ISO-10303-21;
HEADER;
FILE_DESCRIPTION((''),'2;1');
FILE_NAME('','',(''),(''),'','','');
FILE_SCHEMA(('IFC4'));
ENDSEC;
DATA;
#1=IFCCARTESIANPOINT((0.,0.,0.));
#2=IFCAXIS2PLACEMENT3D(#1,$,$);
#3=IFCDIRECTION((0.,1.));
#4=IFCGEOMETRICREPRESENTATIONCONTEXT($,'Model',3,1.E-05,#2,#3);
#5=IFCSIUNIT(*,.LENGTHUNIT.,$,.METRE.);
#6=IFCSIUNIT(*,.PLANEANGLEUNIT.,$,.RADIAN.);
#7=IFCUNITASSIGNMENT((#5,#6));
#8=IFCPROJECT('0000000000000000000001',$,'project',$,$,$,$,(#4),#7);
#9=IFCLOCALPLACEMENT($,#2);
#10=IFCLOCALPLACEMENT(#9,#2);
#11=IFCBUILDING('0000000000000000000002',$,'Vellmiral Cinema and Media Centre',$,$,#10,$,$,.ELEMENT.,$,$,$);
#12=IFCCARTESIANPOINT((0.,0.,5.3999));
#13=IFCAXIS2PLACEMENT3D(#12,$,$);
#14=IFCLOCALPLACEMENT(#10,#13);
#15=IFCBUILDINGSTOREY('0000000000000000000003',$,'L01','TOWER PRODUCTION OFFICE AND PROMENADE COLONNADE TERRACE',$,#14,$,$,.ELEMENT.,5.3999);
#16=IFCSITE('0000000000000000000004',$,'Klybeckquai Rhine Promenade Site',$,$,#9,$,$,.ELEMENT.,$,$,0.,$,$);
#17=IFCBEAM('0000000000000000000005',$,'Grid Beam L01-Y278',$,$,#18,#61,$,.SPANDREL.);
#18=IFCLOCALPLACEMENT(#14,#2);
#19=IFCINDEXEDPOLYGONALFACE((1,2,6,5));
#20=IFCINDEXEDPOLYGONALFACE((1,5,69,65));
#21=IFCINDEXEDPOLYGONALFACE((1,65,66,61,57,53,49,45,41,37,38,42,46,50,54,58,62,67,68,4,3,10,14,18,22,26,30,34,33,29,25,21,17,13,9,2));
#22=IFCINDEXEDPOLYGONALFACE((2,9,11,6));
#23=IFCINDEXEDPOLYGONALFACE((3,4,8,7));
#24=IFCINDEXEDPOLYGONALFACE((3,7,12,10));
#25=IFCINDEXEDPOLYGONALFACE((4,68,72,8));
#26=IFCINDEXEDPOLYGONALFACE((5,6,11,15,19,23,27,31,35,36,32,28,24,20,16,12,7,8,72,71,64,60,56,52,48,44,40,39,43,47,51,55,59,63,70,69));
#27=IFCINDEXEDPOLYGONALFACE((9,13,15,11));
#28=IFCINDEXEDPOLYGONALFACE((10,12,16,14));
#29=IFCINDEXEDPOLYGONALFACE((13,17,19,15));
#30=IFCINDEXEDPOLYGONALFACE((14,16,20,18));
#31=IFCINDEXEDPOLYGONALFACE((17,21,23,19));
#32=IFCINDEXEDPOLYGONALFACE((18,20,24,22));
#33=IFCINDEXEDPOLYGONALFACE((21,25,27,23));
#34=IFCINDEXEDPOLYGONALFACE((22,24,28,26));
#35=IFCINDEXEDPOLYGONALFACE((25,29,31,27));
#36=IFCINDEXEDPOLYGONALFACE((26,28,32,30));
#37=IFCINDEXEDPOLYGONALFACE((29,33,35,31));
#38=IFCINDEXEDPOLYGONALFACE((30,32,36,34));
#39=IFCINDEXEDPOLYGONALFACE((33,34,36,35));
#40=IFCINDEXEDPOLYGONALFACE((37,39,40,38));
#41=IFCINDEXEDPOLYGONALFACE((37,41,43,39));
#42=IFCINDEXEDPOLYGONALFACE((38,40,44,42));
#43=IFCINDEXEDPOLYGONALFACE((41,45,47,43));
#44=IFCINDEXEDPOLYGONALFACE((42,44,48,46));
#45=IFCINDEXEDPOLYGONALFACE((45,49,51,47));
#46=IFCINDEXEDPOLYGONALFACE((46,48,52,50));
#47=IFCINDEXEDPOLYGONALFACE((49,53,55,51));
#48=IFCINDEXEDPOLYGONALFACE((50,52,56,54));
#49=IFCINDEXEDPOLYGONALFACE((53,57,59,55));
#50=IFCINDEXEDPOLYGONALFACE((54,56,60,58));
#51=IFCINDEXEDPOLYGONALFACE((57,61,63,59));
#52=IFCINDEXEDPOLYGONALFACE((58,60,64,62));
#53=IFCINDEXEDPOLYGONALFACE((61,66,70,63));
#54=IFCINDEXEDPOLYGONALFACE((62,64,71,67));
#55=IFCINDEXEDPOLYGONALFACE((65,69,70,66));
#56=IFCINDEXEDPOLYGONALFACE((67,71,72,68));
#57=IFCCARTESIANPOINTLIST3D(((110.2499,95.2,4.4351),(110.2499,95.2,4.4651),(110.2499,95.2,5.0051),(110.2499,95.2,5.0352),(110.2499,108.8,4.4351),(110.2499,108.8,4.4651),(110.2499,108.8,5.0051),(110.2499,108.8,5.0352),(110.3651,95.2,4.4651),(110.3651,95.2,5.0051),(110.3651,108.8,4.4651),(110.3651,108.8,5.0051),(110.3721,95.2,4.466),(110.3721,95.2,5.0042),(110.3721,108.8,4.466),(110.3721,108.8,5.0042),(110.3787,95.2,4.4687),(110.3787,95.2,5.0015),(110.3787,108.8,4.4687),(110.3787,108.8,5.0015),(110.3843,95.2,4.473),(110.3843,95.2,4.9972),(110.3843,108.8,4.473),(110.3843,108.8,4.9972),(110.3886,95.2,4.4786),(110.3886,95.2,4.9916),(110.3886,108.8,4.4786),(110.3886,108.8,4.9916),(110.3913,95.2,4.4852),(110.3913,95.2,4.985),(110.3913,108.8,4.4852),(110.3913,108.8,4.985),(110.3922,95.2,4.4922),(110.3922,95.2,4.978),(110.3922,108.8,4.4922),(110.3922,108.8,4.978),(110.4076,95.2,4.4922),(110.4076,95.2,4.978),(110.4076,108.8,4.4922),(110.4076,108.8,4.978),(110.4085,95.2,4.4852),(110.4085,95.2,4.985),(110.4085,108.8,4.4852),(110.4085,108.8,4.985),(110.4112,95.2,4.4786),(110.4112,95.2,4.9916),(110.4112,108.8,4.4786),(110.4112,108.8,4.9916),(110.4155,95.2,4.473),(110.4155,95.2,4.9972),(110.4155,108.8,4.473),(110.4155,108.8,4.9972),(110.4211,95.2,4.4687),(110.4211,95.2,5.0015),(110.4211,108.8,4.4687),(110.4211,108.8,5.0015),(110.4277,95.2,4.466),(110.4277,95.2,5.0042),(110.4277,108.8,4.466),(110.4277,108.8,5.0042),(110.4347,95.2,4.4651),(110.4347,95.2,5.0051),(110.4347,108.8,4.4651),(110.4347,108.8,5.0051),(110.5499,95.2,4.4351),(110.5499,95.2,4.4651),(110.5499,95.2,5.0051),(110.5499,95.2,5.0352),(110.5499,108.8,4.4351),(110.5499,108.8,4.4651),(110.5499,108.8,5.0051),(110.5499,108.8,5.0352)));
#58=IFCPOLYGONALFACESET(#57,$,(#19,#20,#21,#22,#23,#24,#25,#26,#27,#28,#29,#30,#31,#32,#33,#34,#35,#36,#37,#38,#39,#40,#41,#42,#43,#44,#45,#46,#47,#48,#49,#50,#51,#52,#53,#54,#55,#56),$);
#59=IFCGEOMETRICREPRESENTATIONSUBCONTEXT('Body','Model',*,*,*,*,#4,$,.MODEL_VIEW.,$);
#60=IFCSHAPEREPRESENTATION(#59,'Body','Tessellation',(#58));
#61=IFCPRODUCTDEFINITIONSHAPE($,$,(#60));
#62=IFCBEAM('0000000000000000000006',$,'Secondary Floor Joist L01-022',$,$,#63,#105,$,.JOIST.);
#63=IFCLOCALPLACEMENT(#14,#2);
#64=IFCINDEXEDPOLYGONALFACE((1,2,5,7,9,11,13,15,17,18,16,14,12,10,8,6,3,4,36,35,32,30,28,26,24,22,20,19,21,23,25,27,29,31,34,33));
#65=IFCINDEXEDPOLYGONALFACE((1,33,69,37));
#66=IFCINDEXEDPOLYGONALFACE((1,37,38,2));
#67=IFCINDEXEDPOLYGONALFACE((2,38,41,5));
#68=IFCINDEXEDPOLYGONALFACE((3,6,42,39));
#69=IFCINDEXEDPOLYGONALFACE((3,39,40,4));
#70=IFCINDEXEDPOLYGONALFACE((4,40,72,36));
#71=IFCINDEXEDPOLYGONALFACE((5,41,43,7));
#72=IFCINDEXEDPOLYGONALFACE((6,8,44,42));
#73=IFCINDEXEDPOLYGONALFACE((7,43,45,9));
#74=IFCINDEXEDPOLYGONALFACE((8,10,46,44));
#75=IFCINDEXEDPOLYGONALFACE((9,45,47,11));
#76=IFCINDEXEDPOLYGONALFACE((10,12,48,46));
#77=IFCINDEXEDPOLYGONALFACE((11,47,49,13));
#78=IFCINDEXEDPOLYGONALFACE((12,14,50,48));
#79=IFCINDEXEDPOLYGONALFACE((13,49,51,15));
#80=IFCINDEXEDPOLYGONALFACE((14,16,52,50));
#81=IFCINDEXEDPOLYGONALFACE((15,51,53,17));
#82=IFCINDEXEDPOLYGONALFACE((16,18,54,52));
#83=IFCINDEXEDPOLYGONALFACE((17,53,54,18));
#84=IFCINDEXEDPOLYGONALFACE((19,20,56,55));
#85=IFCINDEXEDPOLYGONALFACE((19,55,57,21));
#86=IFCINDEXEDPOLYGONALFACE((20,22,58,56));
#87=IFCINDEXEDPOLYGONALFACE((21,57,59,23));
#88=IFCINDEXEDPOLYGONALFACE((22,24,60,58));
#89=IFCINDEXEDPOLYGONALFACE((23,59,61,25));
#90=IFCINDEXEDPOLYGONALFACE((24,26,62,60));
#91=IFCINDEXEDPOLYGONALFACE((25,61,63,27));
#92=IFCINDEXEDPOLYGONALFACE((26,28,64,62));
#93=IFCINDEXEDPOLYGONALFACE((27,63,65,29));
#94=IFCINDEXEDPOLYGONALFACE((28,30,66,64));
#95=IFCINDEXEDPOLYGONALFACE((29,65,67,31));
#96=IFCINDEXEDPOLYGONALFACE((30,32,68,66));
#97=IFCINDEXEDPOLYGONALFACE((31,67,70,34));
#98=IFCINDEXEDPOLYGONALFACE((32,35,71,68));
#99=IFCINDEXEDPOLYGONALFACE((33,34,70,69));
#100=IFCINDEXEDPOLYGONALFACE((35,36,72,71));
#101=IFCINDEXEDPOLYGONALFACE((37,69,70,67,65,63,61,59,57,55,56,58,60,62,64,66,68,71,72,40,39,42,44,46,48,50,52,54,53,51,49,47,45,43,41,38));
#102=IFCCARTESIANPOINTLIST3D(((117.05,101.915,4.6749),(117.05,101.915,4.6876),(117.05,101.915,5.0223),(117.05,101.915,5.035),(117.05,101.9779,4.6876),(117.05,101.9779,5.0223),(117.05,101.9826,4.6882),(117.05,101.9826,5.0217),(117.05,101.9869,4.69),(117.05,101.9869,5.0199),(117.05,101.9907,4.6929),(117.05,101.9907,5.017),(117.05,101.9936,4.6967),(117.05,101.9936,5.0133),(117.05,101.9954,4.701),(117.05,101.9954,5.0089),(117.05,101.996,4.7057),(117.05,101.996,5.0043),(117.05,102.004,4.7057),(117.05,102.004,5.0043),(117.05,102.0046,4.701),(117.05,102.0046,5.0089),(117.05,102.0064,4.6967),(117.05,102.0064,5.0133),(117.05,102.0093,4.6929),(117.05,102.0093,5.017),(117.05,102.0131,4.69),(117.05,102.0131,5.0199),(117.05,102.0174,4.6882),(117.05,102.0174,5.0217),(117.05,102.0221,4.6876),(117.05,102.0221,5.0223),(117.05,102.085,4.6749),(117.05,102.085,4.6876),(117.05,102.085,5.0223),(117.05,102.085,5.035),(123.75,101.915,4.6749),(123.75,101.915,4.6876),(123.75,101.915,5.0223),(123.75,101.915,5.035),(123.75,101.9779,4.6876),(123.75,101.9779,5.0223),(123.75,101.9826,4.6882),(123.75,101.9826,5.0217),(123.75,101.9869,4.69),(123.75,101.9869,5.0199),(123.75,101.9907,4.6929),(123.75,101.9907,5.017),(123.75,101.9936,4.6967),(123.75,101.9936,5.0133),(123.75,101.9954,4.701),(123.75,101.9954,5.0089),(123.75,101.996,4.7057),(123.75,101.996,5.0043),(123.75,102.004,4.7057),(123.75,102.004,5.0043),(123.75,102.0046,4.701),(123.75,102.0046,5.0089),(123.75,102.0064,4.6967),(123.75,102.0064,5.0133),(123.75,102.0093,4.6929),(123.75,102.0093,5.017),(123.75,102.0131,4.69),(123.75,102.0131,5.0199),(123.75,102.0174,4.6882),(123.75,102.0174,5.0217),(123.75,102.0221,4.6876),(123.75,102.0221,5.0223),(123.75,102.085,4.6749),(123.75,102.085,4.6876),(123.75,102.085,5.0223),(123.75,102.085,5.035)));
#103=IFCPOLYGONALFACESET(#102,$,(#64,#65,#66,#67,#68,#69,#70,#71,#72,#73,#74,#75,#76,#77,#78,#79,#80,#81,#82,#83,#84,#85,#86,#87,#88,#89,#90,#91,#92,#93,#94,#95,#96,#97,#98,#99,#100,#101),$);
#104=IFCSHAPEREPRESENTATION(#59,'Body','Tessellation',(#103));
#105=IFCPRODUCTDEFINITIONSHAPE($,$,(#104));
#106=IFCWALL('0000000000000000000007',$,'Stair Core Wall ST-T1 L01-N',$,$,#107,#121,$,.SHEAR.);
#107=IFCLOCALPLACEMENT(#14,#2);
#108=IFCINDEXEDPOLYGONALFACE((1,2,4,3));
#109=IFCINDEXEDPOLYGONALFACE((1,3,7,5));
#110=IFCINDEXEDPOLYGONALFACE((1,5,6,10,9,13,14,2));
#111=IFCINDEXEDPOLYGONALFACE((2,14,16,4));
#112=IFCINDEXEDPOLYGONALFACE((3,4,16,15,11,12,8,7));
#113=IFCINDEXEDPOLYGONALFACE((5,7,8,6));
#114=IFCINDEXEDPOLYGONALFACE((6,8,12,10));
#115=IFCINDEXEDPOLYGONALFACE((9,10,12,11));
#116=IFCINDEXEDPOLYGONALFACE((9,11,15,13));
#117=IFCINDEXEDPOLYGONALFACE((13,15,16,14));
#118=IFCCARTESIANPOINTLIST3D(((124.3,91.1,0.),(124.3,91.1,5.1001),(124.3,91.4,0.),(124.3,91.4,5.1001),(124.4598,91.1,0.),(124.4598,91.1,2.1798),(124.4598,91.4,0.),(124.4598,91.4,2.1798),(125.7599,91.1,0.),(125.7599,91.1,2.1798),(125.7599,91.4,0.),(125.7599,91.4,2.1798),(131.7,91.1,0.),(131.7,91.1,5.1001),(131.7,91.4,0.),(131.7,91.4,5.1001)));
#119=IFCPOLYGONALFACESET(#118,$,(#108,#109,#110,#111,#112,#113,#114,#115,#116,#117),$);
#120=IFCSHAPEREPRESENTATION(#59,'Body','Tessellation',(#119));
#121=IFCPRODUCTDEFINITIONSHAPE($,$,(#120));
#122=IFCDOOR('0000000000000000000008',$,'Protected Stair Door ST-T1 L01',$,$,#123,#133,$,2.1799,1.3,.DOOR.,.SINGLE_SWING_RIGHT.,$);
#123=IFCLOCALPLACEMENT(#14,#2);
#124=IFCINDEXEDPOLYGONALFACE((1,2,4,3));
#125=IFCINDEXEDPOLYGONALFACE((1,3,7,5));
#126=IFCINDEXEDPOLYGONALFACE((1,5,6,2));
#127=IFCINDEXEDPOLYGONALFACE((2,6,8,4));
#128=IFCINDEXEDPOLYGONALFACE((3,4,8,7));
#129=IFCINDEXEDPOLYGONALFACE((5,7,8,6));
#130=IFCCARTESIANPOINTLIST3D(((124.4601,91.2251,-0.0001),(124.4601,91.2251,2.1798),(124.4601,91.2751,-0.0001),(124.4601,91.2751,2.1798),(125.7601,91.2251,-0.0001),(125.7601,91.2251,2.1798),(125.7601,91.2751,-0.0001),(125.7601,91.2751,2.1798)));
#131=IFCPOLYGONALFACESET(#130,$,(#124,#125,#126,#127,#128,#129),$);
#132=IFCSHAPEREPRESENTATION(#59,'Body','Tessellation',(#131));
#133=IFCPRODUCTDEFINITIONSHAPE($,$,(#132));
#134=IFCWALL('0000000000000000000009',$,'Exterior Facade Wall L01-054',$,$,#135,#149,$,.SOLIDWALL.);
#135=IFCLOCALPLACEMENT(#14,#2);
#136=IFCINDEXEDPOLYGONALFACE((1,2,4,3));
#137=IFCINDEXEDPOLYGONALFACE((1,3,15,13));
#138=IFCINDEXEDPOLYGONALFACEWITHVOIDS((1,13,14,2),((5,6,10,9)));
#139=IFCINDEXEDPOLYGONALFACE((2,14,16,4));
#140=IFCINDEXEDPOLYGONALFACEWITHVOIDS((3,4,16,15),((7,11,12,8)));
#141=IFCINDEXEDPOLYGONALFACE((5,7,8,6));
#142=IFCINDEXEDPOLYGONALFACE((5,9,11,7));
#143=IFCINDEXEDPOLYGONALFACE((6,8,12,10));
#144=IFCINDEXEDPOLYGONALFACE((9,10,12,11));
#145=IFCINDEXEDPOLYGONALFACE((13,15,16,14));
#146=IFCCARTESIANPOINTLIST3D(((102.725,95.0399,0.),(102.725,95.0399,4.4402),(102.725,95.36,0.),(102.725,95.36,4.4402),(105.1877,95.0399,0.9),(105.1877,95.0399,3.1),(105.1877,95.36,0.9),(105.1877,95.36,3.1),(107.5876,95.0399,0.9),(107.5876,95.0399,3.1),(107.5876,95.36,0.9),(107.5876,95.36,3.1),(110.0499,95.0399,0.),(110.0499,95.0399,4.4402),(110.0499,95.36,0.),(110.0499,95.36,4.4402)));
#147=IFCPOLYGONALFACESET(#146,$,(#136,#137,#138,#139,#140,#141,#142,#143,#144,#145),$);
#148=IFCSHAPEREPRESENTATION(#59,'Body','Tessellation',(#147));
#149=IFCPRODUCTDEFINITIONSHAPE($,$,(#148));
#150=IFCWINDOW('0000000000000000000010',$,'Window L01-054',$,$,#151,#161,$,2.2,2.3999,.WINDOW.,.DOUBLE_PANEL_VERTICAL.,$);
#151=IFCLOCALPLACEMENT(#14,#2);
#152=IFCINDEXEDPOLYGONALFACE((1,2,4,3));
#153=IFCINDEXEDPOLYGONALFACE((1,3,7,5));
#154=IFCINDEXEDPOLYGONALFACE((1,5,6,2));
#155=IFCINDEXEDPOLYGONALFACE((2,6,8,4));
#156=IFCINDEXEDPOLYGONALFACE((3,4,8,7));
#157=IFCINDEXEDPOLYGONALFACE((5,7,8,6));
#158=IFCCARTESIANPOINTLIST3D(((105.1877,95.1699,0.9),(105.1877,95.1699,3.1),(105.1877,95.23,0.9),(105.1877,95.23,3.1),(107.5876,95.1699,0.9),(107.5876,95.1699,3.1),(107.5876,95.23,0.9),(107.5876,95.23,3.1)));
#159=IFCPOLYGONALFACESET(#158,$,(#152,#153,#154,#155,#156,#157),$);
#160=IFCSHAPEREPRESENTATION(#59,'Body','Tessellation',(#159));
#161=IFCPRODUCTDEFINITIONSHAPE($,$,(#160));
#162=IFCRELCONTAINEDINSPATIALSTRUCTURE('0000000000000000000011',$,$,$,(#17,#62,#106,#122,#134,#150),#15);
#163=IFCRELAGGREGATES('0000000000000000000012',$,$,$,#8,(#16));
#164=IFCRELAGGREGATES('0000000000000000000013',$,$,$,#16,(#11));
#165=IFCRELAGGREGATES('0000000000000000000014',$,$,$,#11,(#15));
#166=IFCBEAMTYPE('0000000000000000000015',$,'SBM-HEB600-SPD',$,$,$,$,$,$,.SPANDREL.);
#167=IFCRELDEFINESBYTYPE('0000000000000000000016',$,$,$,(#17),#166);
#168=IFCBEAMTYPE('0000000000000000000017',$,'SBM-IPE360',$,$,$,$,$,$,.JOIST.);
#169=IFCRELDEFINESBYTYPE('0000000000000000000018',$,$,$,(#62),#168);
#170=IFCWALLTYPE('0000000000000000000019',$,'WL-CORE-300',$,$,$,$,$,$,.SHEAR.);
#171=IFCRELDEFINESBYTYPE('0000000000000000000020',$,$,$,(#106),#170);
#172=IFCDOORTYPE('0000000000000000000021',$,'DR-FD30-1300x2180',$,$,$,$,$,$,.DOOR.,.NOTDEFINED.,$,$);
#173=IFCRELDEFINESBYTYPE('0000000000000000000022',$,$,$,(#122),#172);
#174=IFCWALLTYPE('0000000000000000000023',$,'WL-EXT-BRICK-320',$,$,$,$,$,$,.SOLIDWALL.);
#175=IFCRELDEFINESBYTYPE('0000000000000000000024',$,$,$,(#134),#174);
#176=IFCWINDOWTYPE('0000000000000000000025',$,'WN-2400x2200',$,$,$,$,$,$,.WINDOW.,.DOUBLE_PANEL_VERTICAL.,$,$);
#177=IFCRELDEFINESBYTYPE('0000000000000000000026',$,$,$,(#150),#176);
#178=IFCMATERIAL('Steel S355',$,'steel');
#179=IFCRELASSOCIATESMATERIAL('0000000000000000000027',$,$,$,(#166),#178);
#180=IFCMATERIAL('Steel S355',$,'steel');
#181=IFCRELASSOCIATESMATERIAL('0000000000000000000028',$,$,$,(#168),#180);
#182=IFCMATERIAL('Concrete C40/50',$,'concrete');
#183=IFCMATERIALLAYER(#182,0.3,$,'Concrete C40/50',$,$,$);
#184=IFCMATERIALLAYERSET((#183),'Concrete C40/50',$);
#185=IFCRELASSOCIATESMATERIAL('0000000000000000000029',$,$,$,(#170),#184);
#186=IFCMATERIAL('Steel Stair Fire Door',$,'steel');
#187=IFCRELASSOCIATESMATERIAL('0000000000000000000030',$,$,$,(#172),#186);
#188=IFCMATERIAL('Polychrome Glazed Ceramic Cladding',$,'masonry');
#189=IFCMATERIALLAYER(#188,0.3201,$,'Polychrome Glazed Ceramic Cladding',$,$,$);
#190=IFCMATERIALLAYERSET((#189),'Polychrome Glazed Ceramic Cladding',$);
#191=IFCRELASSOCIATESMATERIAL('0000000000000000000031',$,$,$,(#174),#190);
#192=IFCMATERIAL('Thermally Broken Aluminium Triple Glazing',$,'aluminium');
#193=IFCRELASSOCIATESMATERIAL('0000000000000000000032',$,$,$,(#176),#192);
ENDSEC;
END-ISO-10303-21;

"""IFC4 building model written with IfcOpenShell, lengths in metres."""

from ifc_helpers import new_model, si_unit, direction, frame, frame_2d, origin, origin_2d, place, context, subcontext, project, spatial, rectangle, i_section, extrude, material, layer, layer_set, material_profile, profile_set, type_object, element, fill, save


model = new_model("IFC4")

# Units and contexts
model_context = context("Model", 3, precision=1e-05, world=origin(), true_north=direction((0.0, 1.0)))
body_context = subcontext(model_context, "Body", "Model", "MODEL_VIEW")
ifc_project = project(units=[si_unit("LENGTHUNIT", "METRE"), si_unit("PLANEANGLEUNIT", "RADIAN")], contexts=[model_context])

# Site, building, storey
site_placement = place(None, origin())
site = spatial("IfcSite", under=ifc_project, at=site_placement, Name="Klybeckquai Rhine Promenade Site", CompositionType="ELEMENT", RefElevation=0.0)
building_placement = place(site_placement, origin())
building = spatial("IfcBuilding", under=site, at=building_placement, Name="Vellmiral Cinema and Media Centre", CompositionType="ELEMENT")
storey_placement = place(building_placement, frame((0.0, 0.0, 5.3999)))
storey = spatial("IfcBuildingStorey", under=building, at=storey_placement, Name="L01", Description="TOWER PRODUCTION OFFICE AND PROMENADE COLONNADE TERRACE", CompositionType="ELEMENT", Elevation=5.3999)

# Beams
ifc_material_1 = material(Name="Steel S355", Category="steel")
ifc_material_profile_1 = material_profile(ifc_material_1, i_section(OverallWidth=0.3, OverallDepth=0.6001, WebThickness=0.0154, FlangeThickness=0.03, FilletRadius=0.0271, at=origin_2d()), Name="HEB 600")
ifc_profile_set_1 = profile_set([ifc_material_profile_1], Name="Steel S355")
beam_type_1 = type_object("IfcBeamType", Name="SBM-HEB600-SPD", PredefinedType="SPANDREL", material=ifc_profile_set_1)
beam_1_placement = place(storey_placement, frame((110.3999, 95.2, 4.7351), z_axis=(0.0, 1.0, 0.0), x_axis=(-1.0, 0.0, 0.0)))
element("IfcBeam", 1, at=beam_1_placement, inside=storey, type_object=beam_type_1, Name="Grid Beam L01-Y278", PredefinedType="SPANDREL", context=body_context, shape_type="SweptSolid", body=[
    extrude(i_section(OverallWidth=0.3, OverallDepth=0.6001, WebThickness=0.0154, FlangeThickness=0.03, FilletRadius=0.0271, at=origin_2d()), origin(), (0.0, 0.0, 1.0), 13.6001),
])
ifc_material_2 = material(Name="Steel S355", Category="steel")
ifc_material_profile_2 = material_profile(ifc_material_2, i_section(OverallWidth=0.1699, OverallDepth=0.3601, WebThickness=0.0081, FlangeThickness=0.0127, FilletRadius=0.0181, at=origin_2d()), Name="IPE 360")
ifc_profile_set_2 = profile_set([ifc_material_profile_2], Name="Steel S355")
beam_type_2 = type_object("IfcBeamType", Name="SBM-IPE360", PredefinedType="JOIST", material=ifc_profile_set_2)
beam_2_placement = place(storey_placement, frame((117.05, 102.0, 4.855), z_axis=(1.0, 0.0, 0.0), x_axis=(0.0, 1.0, 0.0)))
element("IfcBeam", 2, at=beam_2_placement, inside=storey, type_object=beam_type_2, Name="Secondary Floor Joist L01-022", PredefinedType="JOIST", context=body_context, shape_type="SweptSolid", body=[
    extrude(i_section(OverallWidth=0.1699, OverallDepth=0.3601, WebThickness=0.0081, FlangeThickness=0.0127, FilletRadius=0.0181, at=origin_2d()), origin(), (0.0, 0.0, 1.0), 6.7),
])

# Wall, opening, door
ifc_material_3 = material(Name="Concrete C40/50", Category="concrete")
ifc_layer_1 = layer(ifc_material_3, 0.3, Name="Concrete C40/50")
ifc_layer_set_1 = layer_set([ifc_layer_1], Name="Concrete C40/50")
wall_type_1 = type_object("IfcWallType", Name="WL-CORE-300", PredefinedType="SHEAR", material=ifc_layer_set_1)
wall_1_placement = place(storey_placement, frame((124.3, 91.25, 0.0), z_axis=(0.0, 0.0, 1.0), x_axis=(1.0, 0.0, 0.0)))
wall_1 = element("IfcWall", 3, at=wall_1_placement, inside=storey, type_object=wall_type_1, Name="Stair Core Wall ST-T1 L01-N", PredefinedType="SHEAR", context=body_context, shape_type="SweptSolid", body=[
    extrude(rectangle(XDim=7.3999, YDim=0.3, at=frame_2d((3.7, 0.0))), origin(), (0.0, 0.0, 1.0), 5.1001),
])
opening_1_placement = place(wall_1_placement, frame((0.1599, 0.0, 0.0)))
opening_1 = element("IfcOpeningElement", 4, at=opening_1_placement, cuts=wall_1, PredefinedType="OPENING", context=body_context, shape_type="SweptSolid", body=[
    extrude(rectangle(XDim=1.3, YDim=2.1799, at=frame_2d((0.6499, 1.0898))), frame((0.0, 0.1621, 0.0), z_axis=(0.0, -1.0, 0.0), x_axis=(1.0, 0.0, 0.0)), (0.0, 0.0, 1.0), 0.324),
])
ifc_material_4 = material(Name="Steel Stair Fire Door", Category="steel")
door_type_1 = type_object("IfcDoorType", Name="DR-FD30-1300x2180", OperationType="NOTDEFINED", PredefinedType="DOOR", material=ifc_material_4)
door_1_placement = place(opening_1_placement, frame((1.3, 0.0, 0.0), z_axis=(0.0, 0.0, 1.0), x_axis=(-1.0, 0.0, 0.0)))
door_1 = element("IfcDoor", 5, at=door_1_placement, inside=storey, type_object=door_type_1, Name="Protected Stair Door ST-T1 L01", OperationType="SINGLE_SWING_RIGHT", OverallHeight=2.1799, OverallWidth=1.3, PredefinedType="DOOR", context=body_context, shape_type="SweptSolid", body=[
    extrude(rectangle(XDim=1.3, YDim=2.1799, at=frame_2d((0.6499, 1.0898))), frame((0.0, 0.0249, 0.0), z_axis=(0.0, -1.0, 0.0), x_axis=(1.0, 0.0, 0.0)), (0.0, 0.0, 1.0), 0.05),
])
fill(opening_1, door_1)

# Wall, opening, window
ifc_material_5 = material(Name="Polychrome Glazed Ceramic Cladding", Category="masonry")
ifc_layer_2 = layer(ifc_material_5, 0.3201, Name="Polychrome Glazed Ceramic Cladding")
ifc_layer_set_2 = layer_set([ifc_layer_2], Name="Polychrome Glazed Ceramic Cladding")
wall_type_2 = type_object("IfcWallType", Name="WL-EXT-BRICK-320", PredefinedType="SOLIDWALL", material=ifc_layer_set_2)
wall_2_placement = place(storey_placement, frame((110.05, 95.2, 0.0), z_axis=(0.0, 0.0, 1.0), x_axis=(-1.0, 0.0, 0.0)))
wall_2 = element("IfcWall", 6, at=wall_2_placement, inside=storey, type_object=wall_type_2, Name="Exterior Facade Wall L01-054", PredefinedType="SOLIDWALL", context=body_context, shape_type="SweptSolid", body=[
    extrude(rectangle(XDim=7.325, YDim=0.3201, at=frame_2d((3.6626, 0.0))), origin(), (0.0, 0.0, 1.0), 4.4402),
])
opening_2_placement = place(wall_2_placement, frame((2.4624, 0.0, 0.8999)))
opening_2 = element("IfcOpeningElement", 7, at=opening_2_placement, cuts=wall_2, PredefinedType="OPENING", context=body_context, shape_type="SweptSolid", body=[
    extrude(rectangle(XDim=2.3999, YDim=2.2, at=frame_2d((1.2, 1.1001))), frame((0.0, 0.1719, 0.0), z_axis=(0.0, -1.0, 0.0), x_axis=(1.0, 0.0, 0.0)), (0.0, 0.0, 1.0), 0.344),
])
ifc_material_6 = material(Name="Thermally Broken Aluminium Triple Glazing", Category="aluminium")
window_type = type_object("IfcWindowType", Name="WN-2400x2200", PartitioningType="DOUBLE_PANEL_VERTICAL", PredefinedType="WINDOW", material=ifc_material_6)
window_placement = place(opening_2_placement, origin())
window = element("IfcWindow", 8, at=window_placement, inside=storey, type_object=window_type, Name="Window L01-054", OverallHeight=2.2, OverallWidth=2.3999, PartitioningType="DOUBLE_PANEL_VERTICAL", PredefinedType="WINDOW", context=body_context, shape_type="SweptSolid", body=[
    extrude(rectangle(XDim=2.3999, YDim=2.2, at=frame_2d((1.2, 1.1001))), frame((0.0, 0.03, 0.0), z_axis=(0.0, -1.0, 0.0), x_axis=(1.0, 0.0, 0.0)), (0.0, 0.0, 1.0), 0.0601),
])
fill(opening_2, window)

save(model, "model.ifc")
